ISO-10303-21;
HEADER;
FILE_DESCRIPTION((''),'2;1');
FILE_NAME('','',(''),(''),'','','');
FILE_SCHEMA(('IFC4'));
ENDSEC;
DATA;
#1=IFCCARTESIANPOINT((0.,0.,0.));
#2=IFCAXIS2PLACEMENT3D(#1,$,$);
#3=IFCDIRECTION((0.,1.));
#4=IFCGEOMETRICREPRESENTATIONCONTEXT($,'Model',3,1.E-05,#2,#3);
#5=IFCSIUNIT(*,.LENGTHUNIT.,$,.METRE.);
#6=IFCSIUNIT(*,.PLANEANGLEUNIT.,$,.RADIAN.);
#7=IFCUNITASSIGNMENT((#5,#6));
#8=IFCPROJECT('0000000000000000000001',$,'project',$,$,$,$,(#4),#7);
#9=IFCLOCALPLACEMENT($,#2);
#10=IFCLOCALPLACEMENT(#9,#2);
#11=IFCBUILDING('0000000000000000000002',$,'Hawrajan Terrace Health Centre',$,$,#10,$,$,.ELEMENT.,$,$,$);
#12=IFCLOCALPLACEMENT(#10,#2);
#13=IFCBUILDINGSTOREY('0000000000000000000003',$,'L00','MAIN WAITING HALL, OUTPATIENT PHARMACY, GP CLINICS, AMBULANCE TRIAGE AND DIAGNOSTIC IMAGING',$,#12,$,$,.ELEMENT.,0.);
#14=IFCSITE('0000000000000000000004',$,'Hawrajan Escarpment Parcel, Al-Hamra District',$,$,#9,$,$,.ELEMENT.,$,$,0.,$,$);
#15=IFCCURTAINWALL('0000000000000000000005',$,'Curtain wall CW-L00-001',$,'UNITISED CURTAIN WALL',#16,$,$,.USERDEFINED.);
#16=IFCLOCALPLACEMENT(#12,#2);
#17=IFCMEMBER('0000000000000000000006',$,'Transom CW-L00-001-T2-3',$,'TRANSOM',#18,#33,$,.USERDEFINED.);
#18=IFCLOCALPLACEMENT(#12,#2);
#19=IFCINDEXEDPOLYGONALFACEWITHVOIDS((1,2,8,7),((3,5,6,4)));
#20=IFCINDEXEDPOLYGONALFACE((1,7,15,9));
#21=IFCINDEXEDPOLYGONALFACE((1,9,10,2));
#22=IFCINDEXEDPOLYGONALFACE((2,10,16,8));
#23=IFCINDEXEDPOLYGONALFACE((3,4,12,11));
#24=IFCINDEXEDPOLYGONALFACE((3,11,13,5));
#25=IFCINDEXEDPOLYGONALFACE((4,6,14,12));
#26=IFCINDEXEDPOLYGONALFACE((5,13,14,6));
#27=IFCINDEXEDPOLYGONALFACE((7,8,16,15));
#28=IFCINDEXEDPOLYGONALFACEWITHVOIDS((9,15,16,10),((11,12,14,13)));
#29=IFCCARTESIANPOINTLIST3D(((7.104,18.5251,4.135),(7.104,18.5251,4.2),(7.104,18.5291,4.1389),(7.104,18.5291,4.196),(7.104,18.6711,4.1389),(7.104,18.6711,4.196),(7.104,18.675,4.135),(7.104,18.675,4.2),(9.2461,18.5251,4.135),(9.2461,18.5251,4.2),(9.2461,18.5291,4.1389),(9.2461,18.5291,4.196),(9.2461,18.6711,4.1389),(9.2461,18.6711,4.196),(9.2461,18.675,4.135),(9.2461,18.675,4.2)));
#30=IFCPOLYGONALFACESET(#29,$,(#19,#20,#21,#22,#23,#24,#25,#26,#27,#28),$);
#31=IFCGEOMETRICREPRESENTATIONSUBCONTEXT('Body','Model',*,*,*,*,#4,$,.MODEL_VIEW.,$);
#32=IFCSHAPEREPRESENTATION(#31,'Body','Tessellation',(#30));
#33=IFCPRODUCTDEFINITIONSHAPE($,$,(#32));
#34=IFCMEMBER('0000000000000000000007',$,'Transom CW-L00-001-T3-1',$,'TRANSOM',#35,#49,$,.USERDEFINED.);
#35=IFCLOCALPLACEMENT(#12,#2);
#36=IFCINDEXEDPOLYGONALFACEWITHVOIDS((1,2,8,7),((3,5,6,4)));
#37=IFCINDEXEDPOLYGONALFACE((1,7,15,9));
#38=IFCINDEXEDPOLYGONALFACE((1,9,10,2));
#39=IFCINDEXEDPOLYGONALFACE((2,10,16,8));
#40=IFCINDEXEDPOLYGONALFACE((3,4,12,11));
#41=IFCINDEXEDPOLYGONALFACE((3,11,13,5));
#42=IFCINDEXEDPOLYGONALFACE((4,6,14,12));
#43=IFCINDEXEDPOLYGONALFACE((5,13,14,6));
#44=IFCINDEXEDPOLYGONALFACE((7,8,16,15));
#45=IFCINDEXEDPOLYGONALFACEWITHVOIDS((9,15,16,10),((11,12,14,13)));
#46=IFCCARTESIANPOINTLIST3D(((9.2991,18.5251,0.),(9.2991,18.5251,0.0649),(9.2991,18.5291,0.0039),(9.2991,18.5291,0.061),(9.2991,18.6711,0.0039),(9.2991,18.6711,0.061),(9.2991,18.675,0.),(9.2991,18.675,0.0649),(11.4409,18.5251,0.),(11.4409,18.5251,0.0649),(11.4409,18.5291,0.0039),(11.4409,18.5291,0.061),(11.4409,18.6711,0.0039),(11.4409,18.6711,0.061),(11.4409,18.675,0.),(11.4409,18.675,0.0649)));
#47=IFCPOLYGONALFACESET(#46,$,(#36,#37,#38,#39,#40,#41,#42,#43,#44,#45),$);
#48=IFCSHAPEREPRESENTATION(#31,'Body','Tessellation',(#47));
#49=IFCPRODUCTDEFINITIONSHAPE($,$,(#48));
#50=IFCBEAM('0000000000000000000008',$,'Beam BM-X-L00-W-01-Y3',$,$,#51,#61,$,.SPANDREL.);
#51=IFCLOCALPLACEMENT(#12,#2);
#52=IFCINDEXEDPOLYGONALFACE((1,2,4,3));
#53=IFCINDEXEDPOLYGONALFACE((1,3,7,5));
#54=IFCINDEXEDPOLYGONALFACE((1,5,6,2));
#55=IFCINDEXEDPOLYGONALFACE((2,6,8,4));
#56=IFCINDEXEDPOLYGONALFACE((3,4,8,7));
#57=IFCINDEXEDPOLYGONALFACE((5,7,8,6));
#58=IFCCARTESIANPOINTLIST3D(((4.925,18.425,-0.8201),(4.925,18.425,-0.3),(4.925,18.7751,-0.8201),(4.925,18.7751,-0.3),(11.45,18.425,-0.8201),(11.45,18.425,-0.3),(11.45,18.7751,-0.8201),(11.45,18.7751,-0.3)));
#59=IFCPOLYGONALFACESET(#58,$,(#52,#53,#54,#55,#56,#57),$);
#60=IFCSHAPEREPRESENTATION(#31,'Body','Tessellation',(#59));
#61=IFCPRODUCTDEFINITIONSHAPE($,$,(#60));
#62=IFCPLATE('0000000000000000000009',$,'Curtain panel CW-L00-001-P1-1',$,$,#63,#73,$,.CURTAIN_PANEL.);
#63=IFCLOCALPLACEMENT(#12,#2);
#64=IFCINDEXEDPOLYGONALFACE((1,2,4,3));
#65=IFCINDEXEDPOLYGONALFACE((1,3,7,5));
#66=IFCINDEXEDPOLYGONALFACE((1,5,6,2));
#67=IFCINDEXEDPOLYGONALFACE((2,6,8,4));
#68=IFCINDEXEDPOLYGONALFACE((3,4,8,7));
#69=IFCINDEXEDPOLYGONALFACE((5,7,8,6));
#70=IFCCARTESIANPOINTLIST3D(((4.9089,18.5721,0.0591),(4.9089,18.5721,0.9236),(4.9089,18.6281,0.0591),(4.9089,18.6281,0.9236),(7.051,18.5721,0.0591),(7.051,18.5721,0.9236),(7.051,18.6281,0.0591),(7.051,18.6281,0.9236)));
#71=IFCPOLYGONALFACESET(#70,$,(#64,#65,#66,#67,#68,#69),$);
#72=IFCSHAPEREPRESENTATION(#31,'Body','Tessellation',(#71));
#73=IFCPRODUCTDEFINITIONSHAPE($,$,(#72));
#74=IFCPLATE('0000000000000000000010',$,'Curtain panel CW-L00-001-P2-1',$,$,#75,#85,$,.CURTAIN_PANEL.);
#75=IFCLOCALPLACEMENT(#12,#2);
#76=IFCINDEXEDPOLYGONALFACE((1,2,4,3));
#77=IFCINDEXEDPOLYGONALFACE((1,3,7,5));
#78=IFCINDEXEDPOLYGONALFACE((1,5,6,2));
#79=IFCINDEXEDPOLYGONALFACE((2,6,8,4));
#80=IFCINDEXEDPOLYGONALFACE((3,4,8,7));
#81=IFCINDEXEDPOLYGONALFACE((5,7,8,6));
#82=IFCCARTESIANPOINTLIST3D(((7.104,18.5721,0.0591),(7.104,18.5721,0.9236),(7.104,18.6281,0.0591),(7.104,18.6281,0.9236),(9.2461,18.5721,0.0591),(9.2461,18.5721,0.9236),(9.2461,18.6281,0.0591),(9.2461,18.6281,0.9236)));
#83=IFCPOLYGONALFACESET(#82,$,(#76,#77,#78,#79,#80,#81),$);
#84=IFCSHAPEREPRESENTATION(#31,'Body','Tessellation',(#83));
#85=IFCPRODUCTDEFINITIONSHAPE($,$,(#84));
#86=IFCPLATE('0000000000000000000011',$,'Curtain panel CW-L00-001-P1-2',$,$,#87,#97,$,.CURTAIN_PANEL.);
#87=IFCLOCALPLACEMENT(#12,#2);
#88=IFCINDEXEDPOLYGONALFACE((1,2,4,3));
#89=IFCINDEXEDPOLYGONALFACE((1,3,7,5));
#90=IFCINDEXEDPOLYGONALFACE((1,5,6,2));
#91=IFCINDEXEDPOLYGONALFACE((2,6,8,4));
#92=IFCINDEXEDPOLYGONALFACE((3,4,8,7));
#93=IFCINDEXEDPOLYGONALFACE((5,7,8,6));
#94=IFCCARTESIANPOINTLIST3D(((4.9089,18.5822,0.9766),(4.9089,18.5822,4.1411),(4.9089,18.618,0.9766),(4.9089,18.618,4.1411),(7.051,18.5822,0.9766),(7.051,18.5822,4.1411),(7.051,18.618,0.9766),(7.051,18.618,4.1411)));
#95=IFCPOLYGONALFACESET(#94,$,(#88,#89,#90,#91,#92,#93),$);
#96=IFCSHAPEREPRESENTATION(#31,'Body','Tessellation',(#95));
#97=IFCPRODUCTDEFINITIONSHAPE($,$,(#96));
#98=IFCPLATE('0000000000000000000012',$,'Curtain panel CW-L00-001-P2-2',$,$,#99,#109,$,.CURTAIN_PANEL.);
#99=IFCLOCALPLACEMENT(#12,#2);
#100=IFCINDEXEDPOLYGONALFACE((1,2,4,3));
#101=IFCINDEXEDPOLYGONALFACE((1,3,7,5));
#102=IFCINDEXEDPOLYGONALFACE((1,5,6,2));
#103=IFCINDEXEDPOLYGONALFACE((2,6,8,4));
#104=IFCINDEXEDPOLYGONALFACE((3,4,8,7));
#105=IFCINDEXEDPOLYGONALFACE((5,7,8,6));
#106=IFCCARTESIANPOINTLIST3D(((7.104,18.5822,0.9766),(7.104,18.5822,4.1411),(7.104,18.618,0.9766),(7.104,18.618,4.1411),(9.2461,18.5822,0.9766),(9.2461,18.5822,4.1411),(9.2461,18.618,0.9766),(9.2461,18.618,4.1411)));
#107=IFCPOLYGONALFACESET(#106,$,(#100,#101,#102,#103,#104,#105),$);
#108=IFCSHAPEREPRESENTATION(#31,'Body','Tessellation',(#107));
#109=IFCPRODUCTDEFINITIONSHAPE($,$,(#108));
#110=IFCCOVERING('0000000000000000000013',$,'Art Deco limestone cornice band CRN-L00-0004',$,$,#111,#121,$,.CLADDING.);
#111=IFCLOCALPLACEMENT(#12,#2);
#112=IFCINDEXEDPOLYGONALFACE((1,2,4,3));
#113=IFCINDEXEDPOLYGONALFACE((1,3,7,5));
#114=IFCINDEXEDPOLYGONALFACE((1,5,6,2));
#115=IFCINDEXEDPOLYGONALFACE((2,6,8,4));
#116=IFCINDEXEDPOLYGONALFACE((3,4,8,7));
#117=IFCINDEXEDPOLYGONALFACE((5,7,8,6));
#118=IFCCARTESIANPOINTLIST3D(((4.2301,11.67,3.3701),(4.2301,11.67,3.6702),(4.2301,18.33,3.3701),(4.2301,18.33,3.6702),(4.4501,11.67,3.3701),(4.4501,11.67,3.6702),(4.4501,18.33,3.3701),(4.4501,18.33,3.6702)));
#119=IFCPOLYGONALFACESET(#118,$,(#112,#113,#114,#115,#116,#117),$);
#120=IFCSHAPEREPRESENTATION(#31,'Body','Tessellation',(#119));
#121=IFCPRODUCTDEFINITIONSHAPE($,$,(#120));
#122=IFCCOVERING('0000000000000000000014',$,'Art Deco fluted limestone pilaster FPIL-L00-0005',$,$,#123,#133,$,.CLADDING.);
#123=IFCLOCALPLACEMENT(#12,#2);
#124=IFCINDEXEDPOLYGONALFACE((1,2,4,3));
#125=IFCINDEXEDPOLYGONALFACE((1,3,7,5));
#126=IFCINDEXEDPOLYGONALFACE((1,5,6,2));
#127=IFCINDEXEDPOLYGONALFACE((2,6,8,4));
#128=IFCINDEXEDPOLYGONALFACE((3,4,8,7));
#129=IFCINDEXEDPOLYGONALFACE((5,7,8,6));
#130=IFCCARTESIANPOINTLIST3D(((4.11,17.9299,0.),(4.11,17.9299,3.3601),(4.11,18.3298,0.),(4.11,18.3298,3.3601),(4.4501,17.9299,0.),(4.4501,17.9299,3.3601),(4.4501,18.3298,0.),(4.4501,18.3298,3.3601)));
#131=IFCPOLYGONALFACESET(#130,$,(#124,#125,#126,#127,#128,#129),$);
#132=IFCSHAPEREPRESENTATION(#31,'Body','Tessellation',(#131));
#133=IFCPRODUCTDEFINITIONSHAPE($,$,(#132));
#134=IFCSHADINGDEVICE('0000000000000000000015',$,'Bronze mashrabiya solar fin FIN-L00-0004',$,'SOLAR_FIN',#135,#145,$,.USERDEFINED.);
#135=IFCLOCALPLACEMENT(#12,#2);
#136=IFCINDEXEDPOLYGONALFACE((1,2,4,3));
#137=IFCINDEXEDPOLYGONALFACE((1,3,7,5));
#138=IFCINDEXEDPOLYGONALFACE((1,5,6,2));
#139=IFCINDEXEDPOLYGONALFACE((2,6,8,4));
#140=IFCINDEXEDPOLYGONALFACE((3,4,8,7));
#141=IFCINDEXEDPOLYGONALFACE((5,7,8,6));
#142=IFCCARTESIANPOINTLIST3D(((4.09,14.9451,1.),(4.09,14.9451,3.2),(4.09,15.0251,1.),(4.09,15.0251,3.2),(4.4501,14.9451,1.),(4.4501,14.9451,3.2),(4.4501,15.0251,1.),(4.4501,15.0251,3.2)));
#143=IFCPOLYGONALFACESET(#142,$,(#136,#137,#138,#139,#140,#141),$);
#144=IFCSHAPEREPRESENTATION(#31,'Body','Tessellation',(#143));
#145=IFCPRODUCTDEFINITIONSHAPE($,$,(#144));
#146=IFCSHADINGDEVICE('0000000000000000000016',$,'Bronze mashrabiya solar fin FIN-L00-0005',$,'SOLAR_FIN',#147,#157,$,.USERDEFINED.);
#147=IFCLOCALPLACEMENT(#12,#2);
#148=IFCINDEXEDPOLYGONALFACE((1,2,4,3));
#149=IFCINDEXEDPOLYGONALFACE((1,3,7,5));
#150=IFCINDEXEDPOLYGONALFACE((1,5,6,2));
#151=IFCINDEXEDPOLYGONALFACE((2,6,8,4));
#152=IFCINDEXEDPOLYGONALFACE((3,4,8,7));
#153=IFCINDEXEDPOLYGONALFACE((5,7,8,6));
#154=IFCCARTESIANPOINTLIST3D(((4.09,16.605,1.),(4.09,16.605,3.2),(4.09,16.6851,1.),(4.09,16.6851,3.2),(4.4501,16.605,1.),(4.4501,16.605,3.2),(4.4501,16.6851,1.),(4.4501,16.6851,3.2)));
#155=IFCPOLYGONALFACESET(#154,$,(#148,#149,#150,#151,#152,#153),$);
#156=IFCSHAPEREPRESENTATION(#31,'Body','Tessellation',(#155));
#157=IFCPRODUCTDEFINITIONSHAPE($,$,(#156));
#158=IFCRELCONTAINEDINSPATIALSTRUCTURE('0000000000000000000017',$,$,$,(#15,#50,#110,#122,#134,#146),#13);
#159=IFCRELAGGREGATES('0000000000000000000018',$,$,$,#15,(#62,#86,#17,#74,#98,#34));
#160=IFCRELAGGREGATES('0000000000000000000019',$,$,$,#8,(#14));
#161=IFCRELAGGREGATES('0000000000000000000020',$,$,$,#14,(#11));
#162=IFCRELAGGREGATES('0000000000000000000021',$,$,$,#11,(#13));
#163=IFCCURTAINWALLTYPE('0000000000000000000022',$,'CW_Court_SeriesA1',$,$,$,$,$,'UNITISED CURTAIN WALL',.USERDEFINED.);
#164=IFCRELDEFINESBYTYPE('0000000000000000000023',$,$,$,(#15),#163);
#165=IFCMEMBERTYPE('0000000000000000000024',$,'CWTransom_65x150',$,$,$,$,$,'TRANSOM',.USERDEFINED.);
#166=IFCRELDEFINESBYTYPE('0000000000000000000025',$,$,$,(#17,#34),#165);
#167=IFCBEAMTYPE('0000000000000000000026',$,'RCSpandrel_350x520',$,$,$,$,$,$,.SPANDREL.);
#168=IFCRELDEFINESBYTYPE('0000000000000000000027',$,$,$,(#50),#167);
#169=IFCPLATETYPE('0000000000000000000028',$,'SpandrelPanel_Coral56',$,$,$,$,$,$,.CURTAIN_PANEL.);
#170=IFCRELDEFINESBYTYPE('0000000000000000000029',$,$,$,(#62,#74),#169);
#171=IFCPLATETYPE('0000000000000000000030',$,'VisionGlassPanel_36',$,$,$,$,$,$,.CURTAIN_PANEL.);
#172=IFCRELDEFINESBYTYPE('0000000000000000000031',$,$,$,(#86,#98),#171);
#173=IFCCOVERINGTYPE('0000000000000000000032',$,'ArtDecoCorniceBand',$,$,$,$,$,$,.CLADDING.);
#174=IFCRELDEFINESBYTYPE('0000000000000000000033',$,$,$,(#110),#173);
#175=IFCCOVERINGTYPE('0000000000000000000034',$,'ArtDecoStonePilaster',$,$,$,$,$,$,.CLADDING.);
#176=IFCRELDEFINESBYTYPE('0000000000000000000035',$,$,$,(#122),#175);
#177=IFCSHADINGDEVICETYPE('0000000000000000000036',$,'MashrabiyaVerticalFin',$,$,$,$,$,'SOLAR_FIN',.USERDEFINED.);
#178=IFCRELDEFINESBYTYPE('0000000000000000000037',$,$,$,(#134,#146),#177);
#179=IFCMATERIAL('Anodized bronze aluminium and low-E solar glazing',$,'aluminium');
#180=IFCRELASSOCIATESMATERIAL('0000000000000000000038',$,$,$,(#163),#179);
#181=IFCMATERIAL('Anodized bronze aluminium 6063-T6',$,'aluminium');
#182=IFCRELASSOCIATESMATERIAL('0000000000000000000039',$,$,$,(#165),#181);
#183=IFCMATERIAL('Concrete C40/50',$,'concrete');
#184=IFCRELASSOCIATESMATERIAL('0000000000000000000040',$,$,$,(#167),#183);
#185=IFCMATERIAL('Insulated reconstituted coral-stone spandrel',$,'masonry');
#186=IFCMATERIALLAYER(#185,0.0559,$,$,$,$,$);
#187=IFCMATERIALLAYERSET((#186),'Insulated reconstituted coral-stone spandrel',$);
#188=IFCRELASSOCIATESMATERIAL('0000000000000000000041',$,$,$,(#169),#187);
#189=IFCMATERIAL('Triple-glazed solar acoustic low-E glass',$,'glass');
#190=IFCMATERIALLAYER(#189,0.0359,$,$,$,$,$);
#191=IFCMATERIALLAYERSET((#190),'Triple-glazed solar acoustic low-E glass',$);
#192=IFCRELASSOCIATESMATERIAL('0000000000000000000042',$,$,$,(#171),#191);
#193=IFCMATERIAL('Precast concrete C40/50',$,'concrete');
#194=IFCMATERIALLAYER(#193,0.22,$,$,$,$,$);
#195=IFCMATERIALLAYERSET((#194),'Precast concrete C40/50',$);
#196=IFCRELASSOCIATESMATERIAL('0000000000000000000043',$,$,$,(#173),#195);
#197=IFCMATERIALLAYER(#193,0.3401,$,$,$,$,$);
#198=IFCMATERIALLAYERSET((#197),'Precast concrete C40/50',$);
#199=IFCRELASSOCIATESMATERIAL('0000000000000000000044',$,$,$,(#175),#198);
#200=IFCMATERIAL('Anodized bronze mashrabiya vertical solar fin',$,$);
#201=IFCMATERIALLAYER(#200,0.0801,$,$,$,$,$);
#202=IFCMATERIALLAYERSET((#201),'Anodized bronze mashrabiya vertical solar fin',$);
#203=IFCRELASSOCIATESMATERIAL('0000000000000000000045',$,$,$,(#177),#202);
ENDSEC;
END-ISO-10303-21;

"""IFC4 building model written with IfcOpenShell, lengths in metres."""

from ifc_helpers import new_model, si_unit, direction, frame, origin, origin_2d, place, context, subcontext, project, spatial, rectangle, hollow_rectangle, extrude, material, layer, layer_set, material_profile, profile_set, type_object, element, aggregate, save


model = new_model("IFC4")

# Units and contexts
model_context = context("Model", 3, precision=1e-05, world=origin(), true_north=direction((0.0, 1.0)))
body_context = subcontext(model_context, "Body", "Model", "MODEL_VIEW")
ifc_project = project(units=[si_unit("LENGTHUNIT", "METRE"), si_unit("PLANEANGLEUNIT", "RADIAN")], contexts=[model_context])

# Site, building, storey
site_placement = place(None, origin())
site = spatial("IfcSite", under=ifc_project, at=site_placement, Name="Hawrajan Escarpment Parcel, Al-Hamra District", CompositionType="ELEMENT", RefElevation=0.0)
building_placement = place(site_placement, origin())
building = spatial("IfcBuilding", under=site, at=building_placement, Name="Hawrajan Terrace Health Centre", CompositionType="ELEMENT")
storey_placement = place(building_placement, origin())
storey = spatial("IfcBuildingStorey", under=building, at=storey_placement, Name="L00", Description="MAIN WAITING HALL, OUTPATIENT PHARMACY, GP CLINICS, AMBULANCE TRIAGE AND DIAGNOSTIC IMAGING", CompositionType="ELEMENT", Elevation=0.0)

# Shared definitions
ifc_material_1 = material(Name="Concrete C40/50", Category="concrete")

# Curtain wall, members
ifc_material_2 = material(Name="Anodized bronze aluminium and low-E solar glazing", Category="aluminium")
curtain_wall_type = type_object("IfcCurtainWallType", Name="CW_Court_SeriesA1", ElementType="UNITISED CURTAIN WALL", PredefinedType="USERDEFINED", material=ifc_material_2)
curtain_wall_placement = place(storey_placement, origin())
curtain_wall = element("IfcCurtainWall", 1, at=curtain_wall_placement, inside=storey, type_object=curtain_wall_type, Name="Curtain wall CW-L00-001", ObjectType="UNITISED CURTAIN WALL", PredefinedType="USERDEFINED")
ifc_material_3 = material(Name="Anodized bronze aluminium 6063-T6", Category="aluminium")
ifc_material_profile_1 = material_profile(ifc_material_3, hollow_rectangle(XDim=0.0649, YDim=0.1499, WallThickness=0.0039, at=origin_2d()), Name="CW TRN 65x150")
ifc_profile_set_1 = profile_set([ifc_material_profile_1], Name="Anodized bronze aluminium 6063-T6")
member_type_1 = type_object("IfcMemberType", Name="CWTransom_65x150", ElementType="TRANSOM", PredefinedType="USERDEFINED", material=ifc_profile_set_1)
member_1_placement = place(storey_placement, frame((7.104, 18.6001, 4.1675), z_axis=(1.0, 0.0, 0.0), x_axis=(0.0, 0.0, 1.0)))
member_1 = element("IfcMember", 2, at=member_1_placement, type_object=member_type_1, Name="Transom CW-L00-001-T2-3", ObjectType="TRANSOM", PredefinedType="USERDEFINED", context=body_context, shape_type="SweptSolid", body=[
    extrude(hollow_rectangle(XDim=0.0649, YDim=0.1499, WallThickness=0.0039, at=origin_2d()), origin(), (0.0, 0.0, 1.0), 2.1421),
])
member_2_placement = place(storey_placement, frame((9.2991, 18.6001, 0.0325), z_axis=(1.0, 0.0, 0.0), x_axis=(0.0, 0.0, 1.0)))
member_2 = element("IfcMember", 3, at=member_2_placement, type_object=member_type_1, Name="Transom CW-L00-001-T3-1", ObjectType="TRANSOM", PredefinedType="USERDEFINED", context=body_context, shape_type="SweptSolid", body=[
    extrude(hollow_rectangle(XDim=0.0649, YDim=0.1499, WallThickness=0.0039, at=origin_2d()), origin(), (0.0, 0.0, 1.0), 2.1418),
])

# Beam
ifc_material_profile_2 = material_profile(ifc_material_1, rectangle(XDim=0.3501, YDim=0.52, at=origin_2d()), Name="RC SP 350x520")
ifc_profile_set_2 = profile_set([ifc_material_profile_2], Name="Concrete C40/50")
beam_type = type_object("IfcBeamType", Name="RCSpandrel_350x520", PredefinedType="SPANDREL", material=ifc_profile_set_2)
beam_placement = place(storey_placement, frame((4.925, 18.6001, -0.5601), z_axis=(1.0, 0.0, 0.0), x_axis=(0.0, 1.0, 0.0)))
element("IfcBeam", 4, at=beam_placement, inside=storey, type_object=beam_type, Name="Beam BM-X-L00-W-01-Y3", PredefinedType="SPANDREL", context=body_context, shape_type="SweptSolid", body=[
    extrude(rectangle(XDim=0.3501, YDim=0.52, at=origin_2d()), origin(), (0.0, 0.0, 1.0), 6.5249),
])

# Plates
ifc_material_4 = material(Name="Insulated reconstituted coral-stone spandrel", Category="masonry")
ifc_layer_1 = layer(ifc_material_4, 0.0559)
ifc_layer_set_1 = layer_set([ifc_layer_1], Name="Insulated reconstituted coral-stone spandrel")
plate_type_1 = type_object("IfcPlateType", Name="SpandrelPanel_Coral56", PredefinedType="CURTAIN_PANEL", material=ifc_layer_set_1)
plate_1_placement = place(storey_placement, frame((5.98, 18.6001, 0.0591), z_axis=(0.0, 0.0, 1.0), x_axis=(1.0, 0.0, 0.0)))
plate_1 = element("IfcPlate", 5, at=plate_1_placement, type_object=plate_type_1, Name="Curtain panel CW-L00-001-P1-1", PredefinedType="CURTAIN_PANEL", context=body_context, shape_type="SweptSolid", body=[
    extrude(rectangle(XDim=2.1421, YDim=0.0559, at=origin_2d()), origin(), (0.0, 0.0, 1.0), 0.8645),
])
plate_2_placement = place(storey_placement, frame((8.175, 18.6001, 0.0591), z_axis=(0.0, 0.0, 1.0), x_axis=(1.0, 0.0, 0.0)))
plate_2 = element("IfcPlate", 6, at=plate_2_placement, type_object=plate_type_1, Name="Curtain panel CW-L00-001-P2-1", PredefinedType="CURTAIN_PANEL", context=body_context, shape_type="SweptSolid", body=[
    extrude(rectangle(XDim=2.1421, YDim=0.0559, at=origin_2d()), origin(), (0.0, 0.0, 1.0), 0.8645),
])
ifc_material_5 = material(Name="Triple-glazed solar acoustic low-E glass", Category="glass")
ifc_layer_2 = layer(ifc_material_5, 0.0359)
ifc_layer_set_2 = layer_set([ifc_layer_2], Name="Triple-glazed solar acoustic low-E glass")
plate_type_2 = type_object("IfcPlateType", Name="VisionGlassPanel_36", PredefinedType="CURTAIN_PANEL", material=ifc_layer_set_2)
plate_3_placement = place(storey_placement, frame((5.98, 18.6001, 0.9766), z_axis=(0.0, 0.0, 1.0), x_axis=(1.0, 0.0, 0.0)))
plate_3 = element("IfcPlate", 7, at=plate_3_placement, type_object=plate_type_2, Name="Curtain panel CW-L00-001-P1-2", PredefinedType="CURTAIN_PANEL", context=body_context, shape_type="SweptSolid", body=[
    extrude(rectangle(XDim=2.1421, YDim=0.0359, at=origin_2d()), origin(), (0.0, 0.0, 1.0), 3.1646),
])
plate_4_placement = place(storey_placement, frame((8.175, 18.6001, 0.9766), z_axis=(0.0, 0.0, 1.0), x_axis=(1.0, 0.0, 0.0)))
plate_4 = element("IfcPlate", 8, at=plate_4_placement, type_object=plate_type_2, Name="Curtain panel CW-L00-001-P2-2", PredefinedType="CURTAIN_PANEL", context=body_context, shape_type="SweptSolid", body=[
    extrude(rectangle(XDim=2.1421, YDim=0.0359, at=origin_2d()), origin(), (0.0, 0.0, 1.0), 3.1646),
])
aggregate(curtain_wall, [plate_1, plate_3, member_1, plate_2, plate_4, member_2])

# Coverings
ifc_material_6 = material(Name="Precast concrete C40/50", Category="concrete")
ifc_layer_3 = layer(ifc_material_6, 0.22)
ifc_layer_set_3 = layer_set([ifc_layer_3], Name="Precast concrete C40/50")
covering_type_1 = type_object("IfcCoveringType", Name="ArtDecoCorniceBand", PredefinedType="CLADDING", material=ifc_layer_set_3)
covering_1_placement = place(storey_placement, frame((4.3401, 15.0, 3.3701), z_axis=(0.0, 0.0, 1.0), x_axis=(0.0, 1.0, 0.0)))
element("IfcCovering", 9, at=covering_1_placement, inside=storey, type_object=covering_type_1, Name="Art Deco limestone cornice band CRN-L00-0004", PredefinedType="CLADDING", context=body_context, shape_type="SweptSolid", body=[
    extrude(rectangle(XDim=6.6599, YDim=0.22, at=origin_2d()), origin(), (0.0, 0.0, 1.0), 0.3),
])
ifc_layer_4 = layer(ifc_material_6, 0.3401)
ifc_layer_set_4 = layer_set([ifc_layer_4], Name="Precast concrete C40/50")
covering_type_2 = type_object("IfcCoveringType", Name="ArtDecoStonePilaster", PredefinedType="CLADDING", material=ifc_layer_set_4)
covering_2_placement = place(storey_placement, frame((4.28, 18.1299, 0.0), z_axis=(0.0, 0.0, 1.0), x_axis=(0.0, 1.0, 0.0)))
element("IfcCovering", 10, at=covering_2_placement, inside=storey, type_object=covering_type_2, Name="Art Deco fluted limestone pilaster FPIL-L00-0005", PredefinedType="CLADDING", context=body_context, shape_type="SweptSolid", body=[
    extrude(rectangle(XDim=0.3999, YDim=0.3401, at=origin_2d()), origin(), (0.0, 0.0, 1.0), 3.3601),
])

# Shading devices
ifc_material_7 = material(Name="Anodized bronze mashrabiya vertical solar fin")
ifc_layer_5 = layer(ifc_material_7, 0.0801)
ifc_layer_set_5 = layer_set([ifc_layer_5], Name="Anodized bronze mashrabiya vertical solar fin")
shading_device_type = type_object("IfcShadingDeviceType", Name="MashrabiyaVerticalFin", ElementType="SOLAR_FIN", PredefinedType="USERDEFINED", material=ifc_layer_set_5)
for number, where, z_axis, x_axis, name in (
    (11, (4.27, 14.9851, 1.0), (0.0, 0.0, 1.0), (0.0, 1.0, 0.0), "Bronze mashrabiya solar fin FIN-L00-0004"),
    (12, (4.27, 16.645, 1.0), (0.0, 0.0, 1.0), (0.0, 1.0, 0.0), "Bronze mashrabiya solar fin FIN-L00-0005"),
):
    element("IfcShadingDevice", number, at=place(storey_placement, frame(where, z_axis=z_axis, x_axis=x_axis)), inside=storey, type_object=shading_device_type, Name=name, ObjectType="SOLAR_FIN", PredefinedType="USERDEFINED", context=body_context, shape_type="SweptSolid", body=[
        extrude(rectangle(XDim=0.0801, YDim=0.3601, at=origin_2d()), origin(), (0.0, 0.0, 1.0), 2.2),
    ])

save(model, "model.ifc")
